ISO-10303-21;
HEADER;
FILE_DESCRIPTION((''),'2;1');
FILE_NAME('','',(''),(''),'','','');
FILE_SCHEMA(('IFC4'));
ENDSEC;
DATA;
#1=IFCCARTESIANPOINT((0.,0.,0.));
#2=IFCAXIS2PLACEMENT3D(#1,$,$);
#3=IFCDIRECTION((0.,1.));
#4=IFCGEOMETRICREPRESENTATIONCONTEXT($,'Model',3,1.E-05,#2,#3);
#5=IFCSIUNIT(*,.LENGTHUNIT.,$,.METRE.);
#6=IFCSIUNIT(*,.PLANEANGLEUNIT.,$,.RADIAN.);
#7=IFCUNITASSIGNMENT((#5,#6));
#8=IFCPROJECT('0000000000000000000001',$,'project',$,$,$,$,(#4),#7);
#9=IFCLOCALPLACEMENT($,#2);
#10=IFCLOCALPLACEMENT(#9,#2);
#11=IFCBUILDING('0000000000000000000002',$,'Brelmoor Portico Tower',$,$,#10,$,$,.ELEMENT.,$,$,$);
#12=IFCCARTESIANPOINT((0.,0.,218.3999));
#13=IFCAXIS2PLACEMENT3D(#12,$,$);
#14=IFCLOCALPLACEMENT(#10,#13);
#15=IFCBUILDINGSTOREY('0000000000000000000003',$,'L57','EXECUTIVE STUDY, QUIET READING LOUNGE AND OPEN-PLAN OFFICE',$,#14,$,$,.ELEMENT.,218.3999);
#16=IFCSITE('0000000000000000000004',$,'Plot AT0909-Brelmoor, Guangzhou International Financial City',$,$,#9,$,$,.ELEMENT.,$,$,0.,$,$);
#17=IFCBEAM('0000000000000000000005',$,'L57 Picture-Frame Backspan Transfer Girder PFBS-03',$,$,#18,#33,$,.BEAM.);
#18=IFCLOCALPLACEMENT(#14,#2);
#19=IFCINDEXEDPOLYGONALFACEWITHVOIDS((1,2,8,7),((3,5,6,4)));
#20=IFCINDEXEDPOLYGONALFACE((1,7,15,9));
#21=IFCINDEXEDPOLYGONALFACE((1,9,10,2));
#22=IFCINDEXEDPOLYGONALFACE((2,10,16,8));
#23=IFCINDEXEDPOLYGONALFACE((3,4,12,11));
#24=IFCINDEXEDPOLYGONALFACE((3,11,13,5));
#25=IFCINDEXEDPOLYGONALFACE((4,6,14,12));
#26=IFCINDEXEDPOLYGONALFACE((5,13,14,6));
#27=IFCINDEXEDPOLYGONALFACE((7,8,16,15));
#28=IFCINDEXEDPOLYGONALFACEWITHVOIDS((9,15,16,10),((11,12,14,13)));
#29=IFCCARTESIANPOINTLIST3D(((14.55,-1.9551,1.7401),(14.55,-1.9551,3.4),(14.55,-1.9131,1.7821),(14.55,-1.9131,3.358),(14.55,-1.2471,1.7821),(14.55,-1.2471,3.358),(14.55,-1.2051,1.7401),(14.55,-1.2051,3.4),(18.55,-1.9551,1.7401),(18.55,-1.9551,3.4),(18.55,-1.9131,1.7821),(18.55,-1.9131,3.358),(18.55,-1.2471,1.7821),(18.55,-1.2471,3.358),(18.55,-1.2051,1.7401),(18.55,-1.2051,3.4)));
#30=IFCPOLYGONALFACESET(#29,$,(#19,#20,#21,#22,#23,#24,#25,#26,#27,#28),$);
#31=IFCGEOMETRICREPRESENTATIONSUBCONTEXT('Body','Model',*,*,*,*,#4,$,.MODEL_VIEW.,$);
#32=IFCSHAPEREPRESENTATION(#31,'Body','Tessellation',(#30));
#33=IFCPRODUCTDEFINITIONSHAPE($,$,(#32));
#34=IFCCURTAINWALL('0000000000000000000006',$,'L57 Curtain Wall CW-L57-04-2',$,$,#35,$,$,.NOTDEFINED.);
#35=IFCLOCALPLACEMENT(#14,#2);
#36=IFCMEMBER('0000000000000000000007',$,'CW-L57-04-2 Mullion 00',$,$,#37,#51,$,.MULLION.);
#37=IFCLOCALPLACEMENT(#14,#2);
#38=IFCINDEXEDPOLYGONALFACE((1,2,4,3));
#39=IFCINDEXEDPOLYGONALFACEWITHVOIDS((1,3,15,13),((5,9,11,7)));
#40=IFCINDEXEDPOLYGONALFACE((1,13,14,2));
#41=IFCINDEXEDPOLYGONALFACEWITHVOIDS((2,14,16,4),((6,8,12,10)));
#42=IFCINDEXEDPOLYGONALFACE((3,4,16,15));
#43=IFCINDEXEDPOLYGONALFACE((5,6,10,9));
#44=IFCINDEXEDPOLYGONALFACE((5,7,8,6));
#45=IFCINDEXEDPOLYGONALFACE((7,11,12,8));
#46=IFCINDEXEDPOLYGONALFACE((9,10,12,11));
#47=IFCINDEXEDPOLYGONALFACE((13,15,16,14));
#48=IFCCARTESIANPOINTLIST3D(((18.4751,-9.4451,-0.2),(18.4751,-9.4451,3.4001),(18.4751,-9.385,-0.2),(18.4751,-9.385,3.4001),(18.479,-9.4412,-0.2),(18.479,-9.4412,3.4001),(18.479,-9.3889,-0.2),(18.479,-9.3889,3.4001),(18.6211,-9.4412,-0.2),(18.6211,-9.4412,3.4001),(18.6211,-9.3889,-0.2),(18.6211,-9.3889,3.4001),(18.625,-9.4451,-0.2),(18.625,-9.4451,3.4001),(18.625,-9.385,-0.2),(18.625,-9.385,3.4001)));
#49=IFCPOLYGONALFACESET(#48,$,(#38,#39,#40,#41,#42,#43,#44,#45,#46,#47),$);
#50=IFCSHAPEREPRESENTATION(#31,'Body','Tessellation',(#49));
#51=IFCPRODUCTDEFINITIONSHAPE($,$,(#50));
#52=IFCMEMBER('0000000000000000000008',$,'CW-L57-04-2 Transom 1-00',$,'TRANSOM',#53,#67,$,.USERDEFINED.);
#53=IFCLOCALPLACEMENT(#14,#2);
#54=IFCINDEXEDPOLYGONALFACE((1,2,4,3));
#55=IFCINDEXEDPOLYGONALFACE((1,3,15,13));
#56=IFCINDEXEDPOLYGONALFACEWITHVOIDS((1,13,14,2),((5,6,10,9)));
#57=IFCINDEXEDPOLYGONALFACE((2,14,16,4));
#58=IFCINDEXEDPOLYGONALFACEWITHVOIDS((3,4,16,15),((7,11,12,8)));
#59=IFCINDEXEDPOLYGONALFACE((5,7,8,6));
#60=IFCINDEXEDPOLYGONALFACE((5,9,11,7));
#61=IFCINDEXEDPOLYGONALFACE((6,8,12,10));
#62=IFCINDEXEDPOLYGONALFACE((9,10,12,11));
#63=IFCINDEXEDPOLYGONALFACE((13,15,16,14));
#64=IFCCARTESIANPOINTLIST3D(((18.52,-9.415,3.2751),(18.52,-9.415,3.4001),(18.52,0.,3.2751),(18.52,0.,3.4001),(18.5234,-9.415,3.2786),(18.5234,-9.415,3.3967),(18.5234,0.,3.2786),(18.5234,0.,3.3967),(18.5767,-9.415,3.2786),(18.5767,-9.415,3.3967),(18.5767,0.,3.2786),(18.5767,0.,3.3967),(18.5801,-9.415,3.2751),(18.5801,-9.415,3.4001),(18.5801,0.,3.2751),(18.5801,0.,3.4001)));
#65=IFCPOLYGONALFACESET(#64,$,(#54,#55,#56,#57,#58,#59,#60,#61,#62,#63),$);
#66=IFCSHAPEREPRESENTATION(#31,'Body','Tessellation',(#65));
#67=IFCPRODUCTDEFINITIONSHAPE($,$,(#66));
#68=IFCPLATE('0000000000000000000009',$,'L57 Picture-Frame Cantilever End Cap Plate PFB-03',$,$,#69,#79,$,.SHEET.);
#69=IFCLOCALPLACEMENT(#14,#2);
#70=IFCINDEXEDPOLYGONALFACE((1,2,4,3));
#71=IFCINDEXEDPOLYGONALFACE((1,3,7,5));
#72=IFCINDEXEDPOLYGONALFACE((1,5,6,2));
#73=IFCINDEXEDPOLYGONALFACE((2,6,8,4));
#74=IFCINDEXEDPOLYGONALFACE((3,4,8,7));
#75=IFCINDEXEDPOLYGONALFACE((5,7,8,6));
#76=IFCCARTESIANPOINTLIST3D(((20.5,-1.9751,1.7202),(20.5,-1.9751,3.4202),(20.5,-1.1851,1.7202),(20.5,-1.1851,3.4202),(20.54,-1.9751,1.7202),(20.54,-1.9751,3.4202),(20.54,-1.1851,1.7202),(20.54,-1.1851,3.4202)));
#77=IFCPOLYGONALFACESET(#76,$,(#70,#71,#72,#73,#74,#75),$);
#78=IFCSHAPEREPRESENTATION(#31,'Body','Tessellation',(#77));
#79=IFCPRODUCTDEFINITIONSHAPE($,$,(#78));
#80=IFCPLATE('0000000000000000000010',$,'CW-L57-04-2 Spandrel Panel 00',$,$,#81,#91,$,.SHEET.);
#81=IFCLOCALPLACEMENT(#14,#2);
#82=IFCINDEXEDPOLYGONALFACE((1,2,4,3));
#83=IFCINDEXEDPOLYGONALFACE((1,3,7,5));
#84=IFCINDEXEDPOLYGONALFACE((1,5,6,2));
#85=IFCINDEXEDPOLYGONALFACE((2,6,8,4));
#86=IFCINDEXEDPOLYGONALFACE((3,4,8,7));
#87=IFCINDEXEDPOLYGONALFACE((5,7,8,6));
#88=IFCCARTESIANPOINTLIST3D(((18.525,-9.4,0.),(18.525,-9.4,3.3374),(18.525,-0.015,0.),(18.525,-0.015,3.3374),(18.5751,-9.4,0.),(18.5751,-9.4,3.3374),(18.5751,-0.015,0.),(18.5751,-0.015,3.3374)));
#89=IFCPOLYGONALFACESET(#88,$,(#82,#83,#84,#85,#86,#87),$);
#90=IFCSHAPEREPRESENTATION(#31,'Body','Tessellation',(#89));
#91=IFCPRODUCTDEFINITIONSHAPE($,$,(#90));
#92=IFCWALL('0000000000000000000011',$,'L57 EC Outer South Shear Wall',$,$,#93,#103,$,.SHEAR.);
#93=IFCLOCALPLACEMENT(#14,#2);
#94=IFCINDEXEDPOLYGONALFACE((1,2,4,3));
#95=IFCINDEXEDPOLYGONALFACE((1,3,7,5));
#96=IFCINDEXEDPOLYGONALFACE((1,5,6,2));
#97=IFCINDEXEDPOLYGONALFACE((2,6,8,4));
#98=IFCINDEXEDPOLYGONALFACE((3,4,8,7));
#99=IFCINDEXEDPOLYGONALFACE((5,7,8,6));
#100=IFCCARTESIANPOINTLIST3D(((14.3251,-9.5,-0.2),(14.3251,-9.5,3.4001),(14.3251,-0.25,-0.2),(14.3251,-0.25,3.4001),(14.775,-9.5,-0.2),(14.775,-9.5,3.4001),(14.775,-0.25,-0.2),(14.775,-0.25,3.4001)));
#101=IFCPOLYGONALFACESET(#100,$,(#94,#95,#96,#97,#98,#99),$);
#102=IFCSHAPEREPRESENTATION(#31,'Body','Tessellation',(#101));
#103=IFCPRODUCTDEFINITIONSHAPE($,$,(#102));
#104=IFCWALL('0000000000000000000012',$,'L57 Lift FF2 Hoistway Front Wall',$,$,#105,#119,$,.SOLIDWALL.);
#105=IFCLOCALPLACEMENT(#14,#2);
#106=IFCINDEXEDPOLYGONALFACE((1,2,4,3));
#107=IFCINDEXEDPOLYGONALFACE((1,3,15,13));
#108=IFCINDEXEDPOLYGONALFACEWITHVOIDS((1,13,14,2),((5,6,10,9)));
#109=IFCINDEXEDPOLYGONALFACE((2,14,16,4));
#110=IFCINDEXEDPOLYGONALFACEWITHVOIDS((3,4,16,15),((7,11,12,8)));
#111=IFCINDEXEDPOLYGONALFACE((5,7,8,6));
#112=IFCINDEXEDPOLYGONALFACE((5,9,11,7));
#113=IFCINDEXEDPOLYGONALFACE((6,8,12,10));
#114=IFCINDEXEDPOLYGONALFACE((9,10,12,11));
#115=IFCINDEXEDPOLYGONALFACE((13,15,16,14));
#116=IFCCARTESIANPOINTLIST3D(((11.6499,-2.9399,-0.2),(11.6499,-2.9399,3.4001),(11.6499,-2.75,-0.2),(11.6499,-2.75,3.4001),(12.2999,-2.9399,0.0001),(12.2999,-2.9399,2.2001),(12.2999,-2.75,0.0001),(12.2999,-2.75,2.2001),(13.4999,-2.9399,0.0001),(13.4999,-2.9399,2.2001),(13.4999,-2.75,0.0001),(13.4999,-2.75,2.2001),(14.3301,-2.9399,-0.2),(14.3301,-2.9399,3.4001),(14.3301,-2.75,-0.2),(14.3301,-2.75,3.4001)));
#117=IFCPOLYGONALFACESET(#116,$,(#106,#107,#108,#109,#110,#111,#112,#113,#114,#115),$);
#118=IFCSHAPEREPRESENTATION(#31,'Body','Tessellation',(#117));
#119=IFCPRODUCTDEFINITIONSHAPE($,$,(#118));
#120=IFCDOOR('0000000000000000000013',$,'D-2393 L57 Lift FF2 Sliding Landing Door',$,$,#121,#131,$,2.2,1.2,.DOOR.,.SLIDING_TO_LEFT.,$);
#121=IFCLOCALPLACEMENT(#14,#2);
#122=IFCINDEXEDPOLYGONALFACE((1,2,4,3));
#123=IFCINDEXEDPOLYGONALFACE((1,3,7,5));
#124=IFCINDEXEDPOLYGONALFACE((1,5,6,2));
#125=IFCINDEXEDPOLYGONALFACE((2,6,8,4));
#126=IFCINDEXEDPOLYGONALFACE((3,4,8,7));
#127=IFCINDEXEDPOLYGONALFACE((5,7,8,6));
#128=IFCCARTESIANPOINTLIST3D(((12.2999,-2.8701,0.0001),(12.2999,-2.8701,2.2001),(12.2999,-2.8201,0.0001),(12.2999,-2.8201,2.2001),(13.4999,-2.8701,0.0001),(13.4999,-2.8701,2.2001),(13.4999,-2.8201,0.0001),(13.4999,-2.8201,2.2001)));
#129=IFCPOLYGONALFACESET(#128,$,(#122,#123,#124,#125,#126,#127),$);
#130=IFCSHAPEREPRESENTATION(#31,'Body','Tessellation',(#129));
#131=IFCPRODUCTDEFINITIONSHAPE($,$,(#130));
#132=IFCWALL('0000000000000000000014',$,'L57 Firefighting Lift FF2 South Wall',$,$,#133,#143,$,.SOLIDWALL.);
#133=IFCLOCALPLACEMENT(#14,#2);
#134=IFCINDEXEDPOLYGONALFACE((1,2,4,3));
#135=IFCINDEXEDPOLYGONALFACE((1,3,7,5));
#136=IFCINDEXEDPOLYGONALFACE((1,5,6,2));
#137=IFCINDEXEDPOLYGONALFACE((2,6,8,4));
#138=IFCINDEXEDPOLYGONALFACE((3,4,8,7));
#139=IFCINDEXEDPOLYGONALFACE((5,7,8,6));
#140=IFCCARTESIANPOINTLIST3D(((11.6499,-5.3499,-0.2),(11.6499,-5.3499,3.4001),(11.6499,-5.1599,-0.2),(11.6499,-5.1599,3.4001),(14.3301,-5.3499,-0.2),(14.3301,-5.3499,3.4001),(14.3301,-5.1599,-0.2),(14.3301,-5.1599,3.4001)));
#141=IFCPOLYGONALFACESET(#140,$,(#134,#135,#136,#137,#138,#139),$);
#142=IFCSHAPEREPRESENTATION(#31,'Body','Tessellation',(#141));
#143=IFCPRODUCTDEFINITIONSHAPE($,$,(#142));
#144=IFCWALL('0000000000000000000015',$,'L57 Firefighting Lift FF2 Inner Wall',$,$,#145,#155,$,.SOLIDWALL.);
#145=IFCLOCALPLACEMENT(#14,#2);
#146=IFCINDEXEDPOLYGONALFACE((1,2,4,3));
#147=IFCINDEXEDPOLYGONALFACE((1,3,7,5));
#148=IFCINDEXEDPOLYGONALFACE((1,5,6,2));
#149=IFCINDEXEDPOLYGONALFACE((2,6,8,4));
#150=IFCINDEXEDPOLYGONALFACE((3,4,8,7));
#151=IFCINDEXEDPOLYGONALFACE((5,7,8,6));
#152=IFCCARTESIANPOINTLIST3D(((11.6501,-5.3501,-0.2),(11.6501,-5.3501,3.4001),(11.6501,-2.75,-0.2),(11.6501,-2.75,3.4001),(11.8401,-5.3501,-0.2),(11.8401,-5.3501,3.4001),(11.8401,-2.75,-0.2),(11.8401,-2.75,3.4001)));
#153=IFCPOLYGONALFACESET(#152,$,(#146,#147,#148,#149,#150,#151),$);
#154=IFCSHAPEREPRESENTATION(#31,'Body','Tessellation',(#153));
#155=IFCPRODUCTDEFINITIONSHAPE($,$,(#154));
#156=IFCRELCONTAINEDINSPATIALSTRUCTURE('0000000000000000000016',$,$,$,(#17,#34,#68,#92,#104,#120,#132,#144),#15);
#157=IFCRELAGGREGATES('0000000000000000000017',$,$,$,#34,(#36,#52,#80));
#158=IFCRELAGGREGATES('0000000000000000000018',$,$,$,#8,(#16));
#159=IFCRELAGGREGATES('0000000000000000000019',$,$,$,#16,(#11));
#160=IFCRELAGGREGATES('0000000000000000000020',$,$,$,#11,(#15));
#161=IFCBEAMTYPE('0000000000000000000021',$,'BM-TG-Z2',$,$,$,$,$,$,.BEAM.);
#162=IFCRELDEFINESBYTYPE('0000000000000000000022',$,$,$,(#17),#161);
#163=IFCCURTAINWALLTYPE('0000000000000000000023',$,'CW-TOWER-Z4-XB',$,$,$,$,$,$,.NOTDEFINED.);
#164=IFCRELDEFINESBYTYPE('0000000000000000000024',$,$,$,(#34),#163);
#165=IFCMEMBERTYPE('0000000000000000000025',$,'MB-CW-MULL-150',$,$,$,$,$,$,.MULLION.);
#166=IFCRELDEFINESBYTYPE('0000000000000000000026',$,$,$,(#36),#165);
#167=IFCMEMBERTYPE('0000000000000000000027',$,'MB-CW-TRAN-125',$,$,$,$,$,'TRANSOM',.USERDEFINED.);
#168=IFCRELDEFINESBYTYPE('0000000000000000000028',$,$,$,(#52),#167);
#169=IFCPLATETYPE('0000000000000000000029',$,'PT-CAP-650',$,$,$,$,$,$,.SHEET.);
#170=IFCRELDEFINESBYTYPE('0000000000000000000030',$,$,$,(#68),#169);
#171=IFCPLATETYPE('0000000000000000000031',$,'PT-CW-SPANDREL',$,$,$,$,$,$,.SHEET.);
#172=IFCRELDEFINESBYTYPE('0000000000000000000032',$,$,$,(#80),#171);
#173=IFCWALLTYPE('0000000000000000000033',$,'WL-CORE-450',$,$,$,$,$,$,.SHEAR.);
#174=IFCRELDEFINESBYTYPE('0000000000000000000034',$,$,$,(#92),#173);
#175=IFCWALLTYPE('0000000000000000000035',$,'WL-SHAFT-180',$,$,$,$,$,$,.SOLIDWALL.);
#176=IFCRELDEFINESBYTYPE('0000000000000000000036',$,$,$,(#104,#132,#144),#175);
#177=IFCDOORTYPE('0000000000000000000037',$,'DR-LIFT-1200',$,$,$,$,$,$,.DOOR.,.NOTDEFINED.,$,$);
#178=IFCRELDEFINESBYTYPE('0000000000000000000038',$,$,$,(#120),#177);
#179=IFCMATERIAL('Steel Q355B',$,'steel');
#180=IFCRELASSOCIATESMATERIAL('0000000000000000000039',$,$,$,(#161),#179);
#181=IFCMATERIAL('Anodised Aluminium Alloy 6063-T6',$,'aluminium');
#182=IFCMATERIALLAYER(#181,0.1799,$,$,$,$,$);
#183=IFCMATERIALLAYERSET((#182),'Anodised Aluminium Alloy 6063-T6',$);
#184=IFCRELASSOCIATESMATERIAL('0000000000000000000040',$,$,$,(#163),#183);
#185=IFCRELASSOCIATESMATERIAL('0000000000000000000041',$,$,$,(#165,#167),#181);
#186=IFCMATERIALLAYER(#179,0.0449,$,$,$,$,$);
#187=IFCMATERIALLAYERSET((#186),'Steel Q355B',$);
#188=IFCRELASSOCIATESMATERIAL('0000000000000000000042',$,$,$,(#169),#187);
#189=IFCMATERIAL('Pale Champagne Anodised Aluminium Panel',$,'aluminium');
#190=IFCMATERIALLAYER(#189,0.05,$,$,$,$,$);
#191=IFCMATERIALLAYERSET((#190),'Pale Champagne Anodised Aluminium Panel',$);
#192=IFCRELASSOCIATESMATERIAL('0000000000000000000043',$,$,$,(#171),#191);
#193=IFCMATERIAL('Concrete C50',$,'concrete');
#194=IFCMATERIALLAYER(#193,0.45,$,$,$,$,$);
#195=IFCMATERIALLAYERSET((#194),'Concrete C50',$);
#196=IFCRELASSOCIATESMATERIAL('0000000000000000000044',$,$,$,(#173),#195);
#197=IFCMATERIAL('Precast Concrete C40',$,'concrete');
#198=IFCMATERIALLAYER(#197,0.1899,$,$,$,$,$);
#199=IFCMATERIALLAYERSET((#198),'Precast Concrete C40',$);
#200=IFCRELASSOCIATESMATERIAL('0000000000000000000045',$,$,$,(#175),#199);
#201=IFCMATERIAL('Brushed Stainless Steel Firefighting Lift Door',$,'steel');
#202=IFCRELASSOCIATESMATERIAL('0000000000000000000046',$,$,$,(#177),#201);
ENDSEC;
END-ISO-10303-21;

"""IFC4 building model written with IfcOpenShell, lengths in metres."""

from ifc_helpers import new_model, si_unit, direction, frame, frame_2d, origin, origin_2d, place, context, subcontext, project, spatial, rectangle, hollow_rectangle, extrude, material, layer, layer_set, material_profile, profile_set, type_object, element, fill, aggregate, save


model = new_model("IFC4")

# Units and contexts
model_context = context("Model", 3, precision=1e-05, world=origin(), true_north=direction((0.0, 1.0)))
body_context = subcontext(model_context, "Body", "Model", "MODEL_VIEW")
ifc_project = project(units=[si_unit("LENGTHUNIT", "METRE"), si_unit("PLANEANGLEUNIT", "RADIAN")], contexts=[model_context])

# Site, building, storey
site_placement = place(None, origin())
site = spatial("IfcSite", under=ifc_project, at=site_placement, Name="Plot AT0909-Brelmoor, Guangzhou International Financial City", CompositionType="ELEMENT", RefElevation=0.0)
building_placement = place(site_placement, origin())
building = spatial("IfcBuilding", under=site, at=building_placement, Name="Brelmoor Portico Tower", CompositionType="ELEMENT")
storey_placement = place(building_placement, frame((0.0, 0.0, 218.3999)))
storey = spatial("IfcBuildingStorey", under=building, at=storey_placement, Name="L57", Description="EXECUTIVE STUDY, QUIET READING LOUNGE AND OPEN-PLAN OFFICE", CompositionType="ELEMENT", Elevation=218.3999)

# Shared definitions
ifc_material_1 = material(Name="Steel Q355B", Category="steel")

# Beam
ifc_material_profile_1 = material_profile(ifc_material_1, hollow_rectangle(XDim=0.75, YDim=1.6599, WallThickness=0.042, at=origin_2d()), Name="BOX 750x1660x42")
ifc_profile_set_1 = profile_set([ifc_material_profile_1], Name="Steel Q355B")
beam_type_1 = type_object("IfcBeamType", Name="BM-TG-Z2", PredefinedType="BEAM", material=ifc_profile_set_1)
beam_1_placement = place(storey_placement, frame((14.55, -1.5801, 2.5701), z_axis=(1.0, 0.0, 0.0), x_axis=(0.0, 1.0, 0.0)))
element("IfcBeam", 1, at=beam_1_placement, inside=storey, type_object=beam_type_1, Name="L57 Picture-Frame Backspan Transfer Girder PFBS-03", PredefinedType="BEAM", context=body_context, shape_type="SweptSolid", body=[
    extrude(hollow_rectangle(XDim=0.75, YDim=1.6599, WallThickness=0.042, at=origin_2d()), origin(), (0.0, 0.0, 1.0), 4.0),
])

# Curtain wall, members
ifc_material_2 = material(Name="Anodised Aluminium Alloy 6063-T6", Category="aluminium")
ifc_layer_1 = layer(ifc_material_2, 0.1799)
ifc_layer_set_1 = layer_set([ifc_layer_1], Name="Anodised Aluminium Alloy 6063-T6")
curtain_wall_type = type_object("IfcCurtainWallType", Name="CW-TOWER-Z4-XB", PredefinedType="NOTDEFINED", material=ifc_layer_set_1)
curtain_wall_placement = place(storey_placement, origin())
curtain_wall = element("IfcCurtainWall", 2, at=curtain_wall_placement, inside=storey, type_object=curtain_wall_type, Name="L57 Curtain Wall CW-L57-04-2", PredefinedType="NOTDEFINED")
ifc_material_profile_2 = material_profile(ifc_material_2, hollow_rectangle(XDim=0.0601, YDim=0.1499, WallThickness=0.0039, at=origin_2d()), Name="ALU MULLION 60x150")
ifc_profile_set_2 = profile_set([ifc_material_profile_2], Name="Anodised Aluminium Alloy 6063-T6")
member_type_1 = type_object("IfcMemberType", Name="MB-CW-MULL-150", PredefinedType="MULLION", material=ifc_profile_set_2)
member_1_placement = place(storey_placement, frame((18.55, -9.415, -0.2), z_axis=(0.0, 0.0, 1.0), x_axis=(0.0, 1.0, 0.0)))
member_1 = element("IfcMember", 3, at=member_1_placement, type_object=member_type_1, Name="CW-L57-04-2 Mullion 00", PredefinedType="MULLION", context=body_context, shape_type="SweptSolid", body=[
    extrude(hollow_rectangle(XDim=0.0601, YDim=0.1499, WallThickness=0.0039, at=origin_2d()), origin(), (0.0, 0.0, 1.0), 3.6001),
])
ifc_material_profile_3 = material_profile(ifc_material_2, hollow_rectangle(XDim=0.0601, YDim=0.125, WallThickness=0.0034, at=origin_2d()), Name="ALU TRANSOM 60x125")
ifc_profile_set_3 = profile_set([ifc_material_profile_3], Name="Anodised Aluminium Alloy 6063-T6")
member_type_2 = type_object("IfcMemberType", Name="MB-CW-TRAN-125", ElementType="TRANSOM", PredefinedType="USERDEFINED", material=ifc_profile_set_3)
member_2_placement = place(storey_placement, frame((18.55, -9.415, 3.3376), z_axis=(0.0, 1.0, 0.0), x_axis=(-1.0, 0.0, 0.0)))
member_2 = element("IfcMember", 4, at=member_2_placement, type_object=member_type_2, Name="CW-L57-04-2 Transom 1-00", ObjectType="TRANSOM", PredefinedType="USERDEFINED", context=body_context, shape_type="SweptSolid", body=[
    extrude(hollow_rectangle(XDim=0.0601, YDim=0.125, WallThickness=0.0034, at=origin_2d()), origin(), (0.0, 0.0, 1.0), 9.415),
])

# Plates
ifc_layer_2 = layer(ifc_material_1, 0.0449)
ifc_layer_set_2 = layer_set([ifc_layer_2], Name="Steel Q355B")
plate_type_1 = type_object("IfcPlateType", Name="PT-CAP-650", PredefinedType="SHEET", material=ifc_layer_set_2)
plate_1_placement = place(storey_placement, frame((20.52, -1.5801, 1.7202), z_axis=(0.0, 0.0, 1.0), x_axis=(1.0, 0.0, 0.0)))
element("IfcPlate", 5, at=plate_1_placement, inside=storey, type_object=plate_type_1, Name="L57 Picture-Frame Cantilever End Cap Plate PFB-03", PredefinedType="SHEET", context=body_context, shape_type="SweptSolid", body=[
    extrude(rectangle(XDim=0.04, YDim=0.79, at=origin_2d()), origin(), (0.0, 0.0, 1.0), 1.7),
])
ifc_material_3 = material(Name="Pale Champagne Anodised Aluminium Panel", Category="aluminium")
ifc_layer_3 = layer(ifc_material_3, 0.05)
ifc_layer_set_3 = layer_set([ifc_layer_3], Name="Pale Champagne Anodised Aluminium Panel")
plate_type_2 = type_object("IfcPlateType", Name="PT-CW-SPANDREL", PredefinedType="SHEET", material=ifc_layer_set_3)
plate_2_placement = place(storey_placement, frame((18.55, -4.7075, 0.0), z_axis=(0.0, 0.0, 1.0), x_axis=(0.0, 1.0, 0.0)))
plate_2 = element("IfcPlate", 6, at=plate_2_placement, type_object=plate_type_2, Name="CW-L57-04-2 Spandrel Panel 00", PredefinedType="SHEET", context=body_context, shape_type="SweptSolid", body=[
    extrude(rectangle(XDim=9.385, YDim=0.05, at=origin_2d()), origin(), (0.0, 0.0, 1.0), 3.3374),
])
aggregate(curtain_wall, [member_1, member_2, plate_2])

# Wall
ifc_material_4 = material(Name="Concrete C50", Category="concrete")
ifc_layer_4 = layer(ifc_material_4, 0.45)
ifc_layer_set_4 = layer_set([ifc_layer_4], Name="Concrete C50")
wall_type_1 = type_object("IfcWallType", Name="WL-CORE-450", PredefinedType="SHEAR", material=ifc_layer_set_4)
wall_1_placement = place(storey_placement, frame((14.55, -9.5, -0.2), z_axis=(0.0, 0.0, 1.0), x_axis=(0.0, 1.0, 0.0)))
element("IfcWall", 7, at=wall_1_placement, inside=storey, type_object=wall_type_1, Name="L57 EC Outer South Shear Wall", PredefinedType="SHEAR", context=body_context, shape_type="SweptSolid", body=[
    extrude(rectangle(XDim=9.25, YDim=0.45, at=frame_2d((4.625, 0.0))), origin(), (0.0, 0.0, 1.0), 3.6001),
])

# Wall, opening, door
ifc_material_5 = material(Name="Precast Concrete C40", Category="concrete")
ifc_layer_5 = layer(ifc_material_5, 0.1899)
ifc_layer_set_5 = layer_set([ifc_layer_5], Name="Precast Concrete C40")
wall_type_2 = type_object("IfcWallType", Name="WL-SHAFT-180", PredefinedType="SOLIDWALL", material=ifc_layer_set_5)
wall_2_placement = place(storey_placement, frame((11.6499, -2.845, -0.2), z_axis=(0.0, 0.0, 1.0), x_axis=(1.0, 0.0, 0.0)))
wall_2 = element("IfcWall", 8, at=wall_2_placement, inside=storey, type_object=wall_type_2, Name="L57 Lift FF2 Hoistway Front Wall", PredefinedType="SOLIDWALL", context=body_context, shape_type="SweptSolid", body=[
    extrude(rectangle(XDim=2.6802, YDim=0.1899, at=frame_2d((1.3401, 0.0))), origin(), (0.0, 0.0, 1.0), 3.6001),
])
opening_1_placement = place(wall_2_placement, frame((0.6499, 0.0, 0.2)))
opening_1 = element("IfcOpeningElement", 9, at=opening_1_placement, cuts=wall_2, PredefinedType="OPENING", context=body_context, shape_type="SweptSolid", body=[
    extrude(rectangle(XDim=1.2, YDim=2.2, at=frame_2d((0.6001, 1.1001))), frame((0.0, 0.105, 0.0), z_axis=(0.0, -1.0, 0.0), x_axis=(1.0, 0.0, 0.0)), (0.0, 0.0, 1.0), 0.21),
])
ifc_material_6 = material(Name="Brushed Stainless Steel Firefighting Lift Door", Category="steel")
door_type_1 = type_object("IfcDoorType", Name="DR-LIFT-1200", OperationType="NOTDEFINED", PredefinedType="DOOR", material=ifc_material_6)
door_1_placement = place(opening_1_placement, origin())
door_1 = element("IfcDoor", 10, at=door_1_placement, inside=storey, type_object=door_type_1, Name="D-2393 L57 Lift FF2 Sliding Landing Door", OperationType="SLIDING_TO_LEFT", OverallHeight=2.2, OverallWidth=1.2, PredefinedType="DOOR", context=body_context, shape_type="SweptSolid", body=[
    extrude(rectangle(XDim=1.2, YDim=2.2, at=frame_2d((0.6001, 1.1001))), frame((0.0, 0.0249, 0.0), z_axis=(0.0, -1.0, 0.0), x_axis=(1.0, 0.0, 0.0)), (0.0, 0.0, 1.0), 0.05),
])
fill(opening_1, door_1)

# Walls
wall_3_placement = place(storey_placement, frame((11.6499, -5.2549, -0.2), z_axis=(0.0, 0.0, 1.0), x_axis=(1.0, 0.0, 0.0)))
element("IfcWall", 11, at=wall_3_placement, inside=storey, type_object=wall_type_2, Name="L57 Firefighting Lift FF2 South Wall", PredefinedType="SOLIDWALL", context=body_context, shape_type="SweptSolid", body=[
    extrude(rectangle(XDim=2.6802, YDim=0.1899, at=frame_2d((1.3401, 0.0))), origin(), (0.0, 0.0, 1.0), 3.6001),
])
wall_4_placement = place(storey_placement, frame((11.7451, -5.3501, -0.2), z_axis=(0.0, 0.0, 1.0), x_axis=(0.0, 1.0, 0.0)))
element("IfcWall", 12, at=wall_4_placement, inside=storey, type_object=wall_type_2, Name="L57 Firefighting Lift FF2 Inner Wall", PredefinedType="SOLIDWALL", context=body_context, shape_type="SweptSolid", body=[
    extrude(rectangle(XDim=2.6001, YDim=0.1899, at=frame_2d((1.3, 0.0))), origin(), (0.0, 0.0, 1.0), 3.6001),
])

save(model, "model.ifc")
